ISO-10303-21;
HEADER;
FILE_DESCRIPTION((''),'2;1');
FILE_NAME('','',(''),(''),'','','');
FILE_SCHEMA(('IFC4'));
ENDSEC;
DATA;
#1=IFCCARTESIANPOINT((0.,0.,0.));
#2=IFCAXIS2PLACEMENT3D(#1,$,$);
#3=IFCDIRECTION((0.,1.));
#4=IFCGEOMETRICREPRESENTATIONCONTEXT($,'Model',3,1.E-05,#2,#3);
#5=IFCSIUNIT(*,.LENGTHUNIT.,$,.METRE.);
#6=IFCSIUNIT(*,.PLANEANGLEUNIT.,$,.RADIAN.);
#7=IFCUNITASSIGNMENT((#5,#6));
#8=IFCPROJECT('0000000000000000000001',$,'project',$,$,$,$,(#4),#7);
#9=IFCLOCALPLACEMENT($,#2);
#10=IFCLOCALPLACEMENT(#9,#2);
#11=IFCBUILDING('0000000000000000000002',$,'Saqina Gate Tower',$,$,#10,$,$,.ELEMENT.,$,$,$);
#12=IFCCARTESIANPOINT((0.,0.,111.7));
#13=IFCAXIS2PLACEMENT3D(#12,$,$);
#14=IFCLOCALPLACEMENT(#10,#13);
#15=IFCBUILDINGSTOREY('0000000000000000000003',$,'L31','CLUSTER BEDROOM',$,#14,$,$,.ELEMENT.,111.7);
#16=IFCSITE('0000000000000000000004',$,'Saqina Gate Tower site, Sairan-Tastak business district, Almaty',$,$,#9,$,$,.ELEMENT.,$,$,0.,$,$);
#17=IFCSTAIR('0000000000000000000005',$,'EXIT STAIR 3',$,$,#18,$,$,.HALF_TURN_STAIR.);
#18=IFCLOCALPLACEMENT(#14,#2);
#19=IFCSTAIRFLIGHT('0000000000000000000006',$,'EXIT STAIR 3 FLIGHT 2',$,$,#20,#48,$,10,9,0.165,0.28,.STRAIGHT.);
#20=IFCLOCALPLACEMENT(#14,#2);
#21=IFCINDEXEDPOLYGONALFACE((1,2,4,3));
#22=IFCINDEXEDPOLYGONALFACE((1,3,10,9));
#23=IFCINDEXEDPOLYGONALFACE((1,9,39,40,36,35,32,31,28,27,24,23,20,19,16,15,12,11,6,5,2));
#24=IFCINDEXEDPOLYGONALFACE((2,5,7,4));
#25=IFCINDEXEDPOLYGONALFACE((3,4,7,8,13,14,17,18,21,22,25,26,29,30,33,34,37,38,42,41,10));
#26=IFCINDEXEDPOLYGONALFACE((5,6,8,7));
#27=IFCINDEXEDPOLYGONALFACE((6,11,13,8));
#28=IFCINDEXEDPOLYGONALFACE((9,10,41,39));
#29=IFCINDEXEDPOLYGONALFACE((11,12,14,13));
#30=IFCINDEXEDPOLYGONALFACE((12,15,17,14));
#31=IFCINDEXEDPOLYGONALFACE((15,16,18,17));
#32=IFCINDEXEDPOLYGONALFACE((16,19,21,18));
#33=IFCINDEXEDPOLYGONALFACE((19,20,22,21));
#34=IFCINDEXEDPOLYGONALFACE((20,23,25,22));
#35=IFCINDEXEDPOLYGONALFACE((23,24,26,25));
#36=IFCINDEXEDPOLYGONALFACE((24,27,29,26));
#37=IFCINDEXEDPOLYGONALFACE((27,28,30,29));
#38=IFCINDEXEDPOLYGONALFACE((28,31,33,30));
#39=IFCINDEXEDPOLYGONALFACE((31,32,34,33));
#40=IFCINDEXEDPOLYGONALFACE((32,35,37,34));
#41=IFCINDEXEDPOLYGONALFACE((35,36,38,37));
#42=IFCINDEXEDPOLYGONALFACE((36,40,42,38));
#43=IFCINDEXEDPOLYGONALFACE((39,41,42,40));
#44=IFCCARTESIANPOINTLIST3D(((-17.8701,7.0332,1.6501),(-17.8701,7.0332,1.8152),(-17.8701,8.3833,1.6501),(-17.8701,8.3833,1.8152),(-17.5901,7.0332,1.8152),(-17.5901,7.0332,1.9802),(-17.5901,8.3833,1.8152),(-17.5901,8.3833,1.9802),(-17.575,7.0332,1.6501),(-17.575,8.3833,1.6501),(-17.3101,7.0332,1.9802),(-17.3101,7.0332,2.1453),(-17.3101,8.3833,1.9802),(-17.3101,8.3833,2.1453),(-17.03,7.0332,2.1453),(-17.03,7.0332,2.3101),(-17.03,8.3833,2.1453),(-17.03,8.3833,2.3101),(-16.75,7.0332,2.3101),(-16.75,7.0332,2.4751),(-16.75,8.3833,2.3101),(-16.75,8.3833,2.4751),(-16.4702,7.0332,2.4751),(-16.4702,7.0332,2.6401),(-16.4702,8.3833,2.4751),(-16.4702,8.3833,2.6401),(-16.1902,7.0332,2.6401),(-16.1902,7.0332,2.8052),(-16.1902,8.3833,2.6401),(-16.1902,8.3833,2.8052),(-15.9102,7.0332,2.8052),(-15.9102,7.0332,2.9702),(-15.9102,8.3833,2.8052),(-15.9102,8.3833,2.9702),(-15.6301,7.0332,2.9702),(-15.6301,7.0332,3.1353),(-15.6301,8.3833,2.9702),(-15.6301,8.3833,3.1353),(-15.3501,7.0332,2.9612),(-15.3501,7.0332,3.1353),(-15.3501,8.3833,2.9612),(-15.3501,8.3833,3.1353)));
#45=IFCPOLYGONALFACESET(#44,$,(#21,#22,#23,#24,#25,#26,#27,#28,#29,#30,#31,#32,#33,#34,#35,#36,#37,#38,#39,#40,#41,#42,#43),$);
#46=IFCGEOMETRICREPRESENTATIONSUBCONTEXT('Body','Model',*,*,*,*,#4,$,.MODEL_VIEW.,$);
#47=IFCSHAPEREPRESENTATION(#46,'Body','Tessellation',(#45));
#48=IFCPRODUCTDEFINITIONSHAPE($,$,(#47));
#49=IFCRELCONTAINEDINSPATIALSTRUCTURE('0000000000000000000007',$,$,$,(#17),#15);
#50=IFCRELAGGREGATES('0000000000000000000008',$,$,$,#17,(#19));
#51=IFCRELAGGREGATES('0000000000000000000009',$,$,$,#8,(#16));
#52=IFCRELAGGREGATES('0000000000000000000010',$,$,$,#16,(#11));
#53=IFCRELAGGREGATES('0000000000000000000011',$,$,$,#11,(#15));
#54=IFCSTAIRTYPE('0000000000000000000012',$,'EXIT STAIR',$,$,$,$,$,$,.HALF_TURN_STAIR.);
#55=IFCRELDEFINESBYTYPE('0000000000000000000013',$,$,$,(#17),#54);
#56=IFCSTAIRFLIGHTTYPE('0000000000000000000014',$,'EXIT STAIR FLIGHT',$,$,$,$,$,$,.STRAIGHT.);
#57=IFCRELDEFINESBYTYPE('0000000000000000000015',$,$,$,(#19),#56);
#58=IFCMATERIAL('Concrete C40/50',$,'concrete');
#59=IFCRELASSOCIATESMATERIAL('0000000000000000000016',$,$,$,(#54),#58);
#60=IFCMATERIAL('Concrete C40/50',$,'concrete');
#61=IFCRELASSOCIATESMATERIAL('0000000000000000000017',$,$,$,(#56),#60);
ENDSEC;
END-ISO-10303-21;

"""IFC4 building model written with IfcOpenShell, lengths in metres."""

from ifc_helpers import new_model, si_unit, direction, frame, origin, place, context, subcontext, project, spatial, polyline, outline, extrude, material, type_object, element, aggregate, save


model = new_model("IFC4")

# Units and contexts
model_context = context("Model", 3, precision=1e-05, world=origin(), true_north=direction((0.0, 1.0)))
body_context = subcontext(model_context, "Body", "Model", "MODEL_VIEW")
ifc_project = project(units=[si_unit("LENGTHUNIT", "METRE"), si_unit("PLANEANGLEUNIT", "RADIAN")], contexts=[model_context])

# Site, building, storey
site_placement = place(None, origin())
site = spatial("IfcSite", under=ifc_project, at=site_placement, Name="Saqina Gate Tower site, Sairan-Tastak business district, Almaty", CompositionType="ELEMENT", RefElevation=0.0)
building_placement = place(site_placement, origin())
building = spatial("IfcBuilding", under=site, at=building_placement, Name="Saqina Gate Tower", CompositionType="ELEMENT")
storey_placement = place(building_placement, frame((0.0, 0.0, 111.7)))
storey = spatial("IfcBuildingStorey", under=building, at=storey_placement, Name="L31", Description="CLUSTER BEDROOM", CompositionType="ELEMENT", Elevation=111.7)

# Stair, stair flight
ifc_material_1 = material(Name="Concrete C40/50", Category="concrete")
stair_type = type_object("IfcStairType", Name="EXIT STAIR", PredefinedType="HALF_TURN_STAIR", material=ifc_material_1)
stair_placement = place(storey_placement, origin())
stair = element("IfcStair", 1, at=stair_placement, inside=storey, type_object=stair_type, Name="EXIT STAIR 3", PredefinedType="HALF_TURN_STAIR")
ifc_material_2 = material(Name="Concrete C40/50", Category="concrete")
stair_flight_type = type_object("IfcStairFlightType", Name="EXIT STAIR FLIGHT", PredefinedType="STRAIGHT", material=ifc_material_2)
stair_flight_1_placement = place(storey_placement, frame((-17.8701, 7.7083, 1.6501), z_axis=(0.0, 0.0, 1.0), x_axis=(1.0, 0.0, 0.0)))
stair_flight_1 = element("IfcStairFlight", 2, at=stair_flight_1_placement, type_object=stair_flight_type, Name="EXIT STAIR 3 FLIGHT 2", NumberOfRisers=10, NumberOfTreads=9, PredefinedType="STRAIGHT", RiserHeight=0.165, TreadLength=0.28, context=body_context, shape_type="SweptSolid", body=[
    extrude(outline(polyline([(0.0, 0.0), (0.0, 0.165), (0.28, 0.165), (0.28, 0.3301), (0.5601, 0.3301), (0.5601, 0.4951), (0.8401, 0.4951), (0.8401, 0.6599), (1.1201, 0.6599), (1.1201, 0.825), (1.3999, 0.825), (1.3999, 0.99), (1.6799, 0.99), (1.6799, 1.155), (1.96, 1.155), (1.96, 1.3201), (2.24, 1.3201), (2.24, 1.4851), (2.52, 1.4851), (2.52, 1.6499), (2.52, 1.311), (0.2952, 0.0), (0.0, 0.0)])), frame((0.0, 0.675, 0.0), z_axis=(0.0, -1.0, 0.0), x_axis=(1.0, 0.0, 0.0)), (0.0, 0.0, 1.0), 1.3501),
])
aggregate(stair, [stair_flight_1])

save(model, "model.ifc")
